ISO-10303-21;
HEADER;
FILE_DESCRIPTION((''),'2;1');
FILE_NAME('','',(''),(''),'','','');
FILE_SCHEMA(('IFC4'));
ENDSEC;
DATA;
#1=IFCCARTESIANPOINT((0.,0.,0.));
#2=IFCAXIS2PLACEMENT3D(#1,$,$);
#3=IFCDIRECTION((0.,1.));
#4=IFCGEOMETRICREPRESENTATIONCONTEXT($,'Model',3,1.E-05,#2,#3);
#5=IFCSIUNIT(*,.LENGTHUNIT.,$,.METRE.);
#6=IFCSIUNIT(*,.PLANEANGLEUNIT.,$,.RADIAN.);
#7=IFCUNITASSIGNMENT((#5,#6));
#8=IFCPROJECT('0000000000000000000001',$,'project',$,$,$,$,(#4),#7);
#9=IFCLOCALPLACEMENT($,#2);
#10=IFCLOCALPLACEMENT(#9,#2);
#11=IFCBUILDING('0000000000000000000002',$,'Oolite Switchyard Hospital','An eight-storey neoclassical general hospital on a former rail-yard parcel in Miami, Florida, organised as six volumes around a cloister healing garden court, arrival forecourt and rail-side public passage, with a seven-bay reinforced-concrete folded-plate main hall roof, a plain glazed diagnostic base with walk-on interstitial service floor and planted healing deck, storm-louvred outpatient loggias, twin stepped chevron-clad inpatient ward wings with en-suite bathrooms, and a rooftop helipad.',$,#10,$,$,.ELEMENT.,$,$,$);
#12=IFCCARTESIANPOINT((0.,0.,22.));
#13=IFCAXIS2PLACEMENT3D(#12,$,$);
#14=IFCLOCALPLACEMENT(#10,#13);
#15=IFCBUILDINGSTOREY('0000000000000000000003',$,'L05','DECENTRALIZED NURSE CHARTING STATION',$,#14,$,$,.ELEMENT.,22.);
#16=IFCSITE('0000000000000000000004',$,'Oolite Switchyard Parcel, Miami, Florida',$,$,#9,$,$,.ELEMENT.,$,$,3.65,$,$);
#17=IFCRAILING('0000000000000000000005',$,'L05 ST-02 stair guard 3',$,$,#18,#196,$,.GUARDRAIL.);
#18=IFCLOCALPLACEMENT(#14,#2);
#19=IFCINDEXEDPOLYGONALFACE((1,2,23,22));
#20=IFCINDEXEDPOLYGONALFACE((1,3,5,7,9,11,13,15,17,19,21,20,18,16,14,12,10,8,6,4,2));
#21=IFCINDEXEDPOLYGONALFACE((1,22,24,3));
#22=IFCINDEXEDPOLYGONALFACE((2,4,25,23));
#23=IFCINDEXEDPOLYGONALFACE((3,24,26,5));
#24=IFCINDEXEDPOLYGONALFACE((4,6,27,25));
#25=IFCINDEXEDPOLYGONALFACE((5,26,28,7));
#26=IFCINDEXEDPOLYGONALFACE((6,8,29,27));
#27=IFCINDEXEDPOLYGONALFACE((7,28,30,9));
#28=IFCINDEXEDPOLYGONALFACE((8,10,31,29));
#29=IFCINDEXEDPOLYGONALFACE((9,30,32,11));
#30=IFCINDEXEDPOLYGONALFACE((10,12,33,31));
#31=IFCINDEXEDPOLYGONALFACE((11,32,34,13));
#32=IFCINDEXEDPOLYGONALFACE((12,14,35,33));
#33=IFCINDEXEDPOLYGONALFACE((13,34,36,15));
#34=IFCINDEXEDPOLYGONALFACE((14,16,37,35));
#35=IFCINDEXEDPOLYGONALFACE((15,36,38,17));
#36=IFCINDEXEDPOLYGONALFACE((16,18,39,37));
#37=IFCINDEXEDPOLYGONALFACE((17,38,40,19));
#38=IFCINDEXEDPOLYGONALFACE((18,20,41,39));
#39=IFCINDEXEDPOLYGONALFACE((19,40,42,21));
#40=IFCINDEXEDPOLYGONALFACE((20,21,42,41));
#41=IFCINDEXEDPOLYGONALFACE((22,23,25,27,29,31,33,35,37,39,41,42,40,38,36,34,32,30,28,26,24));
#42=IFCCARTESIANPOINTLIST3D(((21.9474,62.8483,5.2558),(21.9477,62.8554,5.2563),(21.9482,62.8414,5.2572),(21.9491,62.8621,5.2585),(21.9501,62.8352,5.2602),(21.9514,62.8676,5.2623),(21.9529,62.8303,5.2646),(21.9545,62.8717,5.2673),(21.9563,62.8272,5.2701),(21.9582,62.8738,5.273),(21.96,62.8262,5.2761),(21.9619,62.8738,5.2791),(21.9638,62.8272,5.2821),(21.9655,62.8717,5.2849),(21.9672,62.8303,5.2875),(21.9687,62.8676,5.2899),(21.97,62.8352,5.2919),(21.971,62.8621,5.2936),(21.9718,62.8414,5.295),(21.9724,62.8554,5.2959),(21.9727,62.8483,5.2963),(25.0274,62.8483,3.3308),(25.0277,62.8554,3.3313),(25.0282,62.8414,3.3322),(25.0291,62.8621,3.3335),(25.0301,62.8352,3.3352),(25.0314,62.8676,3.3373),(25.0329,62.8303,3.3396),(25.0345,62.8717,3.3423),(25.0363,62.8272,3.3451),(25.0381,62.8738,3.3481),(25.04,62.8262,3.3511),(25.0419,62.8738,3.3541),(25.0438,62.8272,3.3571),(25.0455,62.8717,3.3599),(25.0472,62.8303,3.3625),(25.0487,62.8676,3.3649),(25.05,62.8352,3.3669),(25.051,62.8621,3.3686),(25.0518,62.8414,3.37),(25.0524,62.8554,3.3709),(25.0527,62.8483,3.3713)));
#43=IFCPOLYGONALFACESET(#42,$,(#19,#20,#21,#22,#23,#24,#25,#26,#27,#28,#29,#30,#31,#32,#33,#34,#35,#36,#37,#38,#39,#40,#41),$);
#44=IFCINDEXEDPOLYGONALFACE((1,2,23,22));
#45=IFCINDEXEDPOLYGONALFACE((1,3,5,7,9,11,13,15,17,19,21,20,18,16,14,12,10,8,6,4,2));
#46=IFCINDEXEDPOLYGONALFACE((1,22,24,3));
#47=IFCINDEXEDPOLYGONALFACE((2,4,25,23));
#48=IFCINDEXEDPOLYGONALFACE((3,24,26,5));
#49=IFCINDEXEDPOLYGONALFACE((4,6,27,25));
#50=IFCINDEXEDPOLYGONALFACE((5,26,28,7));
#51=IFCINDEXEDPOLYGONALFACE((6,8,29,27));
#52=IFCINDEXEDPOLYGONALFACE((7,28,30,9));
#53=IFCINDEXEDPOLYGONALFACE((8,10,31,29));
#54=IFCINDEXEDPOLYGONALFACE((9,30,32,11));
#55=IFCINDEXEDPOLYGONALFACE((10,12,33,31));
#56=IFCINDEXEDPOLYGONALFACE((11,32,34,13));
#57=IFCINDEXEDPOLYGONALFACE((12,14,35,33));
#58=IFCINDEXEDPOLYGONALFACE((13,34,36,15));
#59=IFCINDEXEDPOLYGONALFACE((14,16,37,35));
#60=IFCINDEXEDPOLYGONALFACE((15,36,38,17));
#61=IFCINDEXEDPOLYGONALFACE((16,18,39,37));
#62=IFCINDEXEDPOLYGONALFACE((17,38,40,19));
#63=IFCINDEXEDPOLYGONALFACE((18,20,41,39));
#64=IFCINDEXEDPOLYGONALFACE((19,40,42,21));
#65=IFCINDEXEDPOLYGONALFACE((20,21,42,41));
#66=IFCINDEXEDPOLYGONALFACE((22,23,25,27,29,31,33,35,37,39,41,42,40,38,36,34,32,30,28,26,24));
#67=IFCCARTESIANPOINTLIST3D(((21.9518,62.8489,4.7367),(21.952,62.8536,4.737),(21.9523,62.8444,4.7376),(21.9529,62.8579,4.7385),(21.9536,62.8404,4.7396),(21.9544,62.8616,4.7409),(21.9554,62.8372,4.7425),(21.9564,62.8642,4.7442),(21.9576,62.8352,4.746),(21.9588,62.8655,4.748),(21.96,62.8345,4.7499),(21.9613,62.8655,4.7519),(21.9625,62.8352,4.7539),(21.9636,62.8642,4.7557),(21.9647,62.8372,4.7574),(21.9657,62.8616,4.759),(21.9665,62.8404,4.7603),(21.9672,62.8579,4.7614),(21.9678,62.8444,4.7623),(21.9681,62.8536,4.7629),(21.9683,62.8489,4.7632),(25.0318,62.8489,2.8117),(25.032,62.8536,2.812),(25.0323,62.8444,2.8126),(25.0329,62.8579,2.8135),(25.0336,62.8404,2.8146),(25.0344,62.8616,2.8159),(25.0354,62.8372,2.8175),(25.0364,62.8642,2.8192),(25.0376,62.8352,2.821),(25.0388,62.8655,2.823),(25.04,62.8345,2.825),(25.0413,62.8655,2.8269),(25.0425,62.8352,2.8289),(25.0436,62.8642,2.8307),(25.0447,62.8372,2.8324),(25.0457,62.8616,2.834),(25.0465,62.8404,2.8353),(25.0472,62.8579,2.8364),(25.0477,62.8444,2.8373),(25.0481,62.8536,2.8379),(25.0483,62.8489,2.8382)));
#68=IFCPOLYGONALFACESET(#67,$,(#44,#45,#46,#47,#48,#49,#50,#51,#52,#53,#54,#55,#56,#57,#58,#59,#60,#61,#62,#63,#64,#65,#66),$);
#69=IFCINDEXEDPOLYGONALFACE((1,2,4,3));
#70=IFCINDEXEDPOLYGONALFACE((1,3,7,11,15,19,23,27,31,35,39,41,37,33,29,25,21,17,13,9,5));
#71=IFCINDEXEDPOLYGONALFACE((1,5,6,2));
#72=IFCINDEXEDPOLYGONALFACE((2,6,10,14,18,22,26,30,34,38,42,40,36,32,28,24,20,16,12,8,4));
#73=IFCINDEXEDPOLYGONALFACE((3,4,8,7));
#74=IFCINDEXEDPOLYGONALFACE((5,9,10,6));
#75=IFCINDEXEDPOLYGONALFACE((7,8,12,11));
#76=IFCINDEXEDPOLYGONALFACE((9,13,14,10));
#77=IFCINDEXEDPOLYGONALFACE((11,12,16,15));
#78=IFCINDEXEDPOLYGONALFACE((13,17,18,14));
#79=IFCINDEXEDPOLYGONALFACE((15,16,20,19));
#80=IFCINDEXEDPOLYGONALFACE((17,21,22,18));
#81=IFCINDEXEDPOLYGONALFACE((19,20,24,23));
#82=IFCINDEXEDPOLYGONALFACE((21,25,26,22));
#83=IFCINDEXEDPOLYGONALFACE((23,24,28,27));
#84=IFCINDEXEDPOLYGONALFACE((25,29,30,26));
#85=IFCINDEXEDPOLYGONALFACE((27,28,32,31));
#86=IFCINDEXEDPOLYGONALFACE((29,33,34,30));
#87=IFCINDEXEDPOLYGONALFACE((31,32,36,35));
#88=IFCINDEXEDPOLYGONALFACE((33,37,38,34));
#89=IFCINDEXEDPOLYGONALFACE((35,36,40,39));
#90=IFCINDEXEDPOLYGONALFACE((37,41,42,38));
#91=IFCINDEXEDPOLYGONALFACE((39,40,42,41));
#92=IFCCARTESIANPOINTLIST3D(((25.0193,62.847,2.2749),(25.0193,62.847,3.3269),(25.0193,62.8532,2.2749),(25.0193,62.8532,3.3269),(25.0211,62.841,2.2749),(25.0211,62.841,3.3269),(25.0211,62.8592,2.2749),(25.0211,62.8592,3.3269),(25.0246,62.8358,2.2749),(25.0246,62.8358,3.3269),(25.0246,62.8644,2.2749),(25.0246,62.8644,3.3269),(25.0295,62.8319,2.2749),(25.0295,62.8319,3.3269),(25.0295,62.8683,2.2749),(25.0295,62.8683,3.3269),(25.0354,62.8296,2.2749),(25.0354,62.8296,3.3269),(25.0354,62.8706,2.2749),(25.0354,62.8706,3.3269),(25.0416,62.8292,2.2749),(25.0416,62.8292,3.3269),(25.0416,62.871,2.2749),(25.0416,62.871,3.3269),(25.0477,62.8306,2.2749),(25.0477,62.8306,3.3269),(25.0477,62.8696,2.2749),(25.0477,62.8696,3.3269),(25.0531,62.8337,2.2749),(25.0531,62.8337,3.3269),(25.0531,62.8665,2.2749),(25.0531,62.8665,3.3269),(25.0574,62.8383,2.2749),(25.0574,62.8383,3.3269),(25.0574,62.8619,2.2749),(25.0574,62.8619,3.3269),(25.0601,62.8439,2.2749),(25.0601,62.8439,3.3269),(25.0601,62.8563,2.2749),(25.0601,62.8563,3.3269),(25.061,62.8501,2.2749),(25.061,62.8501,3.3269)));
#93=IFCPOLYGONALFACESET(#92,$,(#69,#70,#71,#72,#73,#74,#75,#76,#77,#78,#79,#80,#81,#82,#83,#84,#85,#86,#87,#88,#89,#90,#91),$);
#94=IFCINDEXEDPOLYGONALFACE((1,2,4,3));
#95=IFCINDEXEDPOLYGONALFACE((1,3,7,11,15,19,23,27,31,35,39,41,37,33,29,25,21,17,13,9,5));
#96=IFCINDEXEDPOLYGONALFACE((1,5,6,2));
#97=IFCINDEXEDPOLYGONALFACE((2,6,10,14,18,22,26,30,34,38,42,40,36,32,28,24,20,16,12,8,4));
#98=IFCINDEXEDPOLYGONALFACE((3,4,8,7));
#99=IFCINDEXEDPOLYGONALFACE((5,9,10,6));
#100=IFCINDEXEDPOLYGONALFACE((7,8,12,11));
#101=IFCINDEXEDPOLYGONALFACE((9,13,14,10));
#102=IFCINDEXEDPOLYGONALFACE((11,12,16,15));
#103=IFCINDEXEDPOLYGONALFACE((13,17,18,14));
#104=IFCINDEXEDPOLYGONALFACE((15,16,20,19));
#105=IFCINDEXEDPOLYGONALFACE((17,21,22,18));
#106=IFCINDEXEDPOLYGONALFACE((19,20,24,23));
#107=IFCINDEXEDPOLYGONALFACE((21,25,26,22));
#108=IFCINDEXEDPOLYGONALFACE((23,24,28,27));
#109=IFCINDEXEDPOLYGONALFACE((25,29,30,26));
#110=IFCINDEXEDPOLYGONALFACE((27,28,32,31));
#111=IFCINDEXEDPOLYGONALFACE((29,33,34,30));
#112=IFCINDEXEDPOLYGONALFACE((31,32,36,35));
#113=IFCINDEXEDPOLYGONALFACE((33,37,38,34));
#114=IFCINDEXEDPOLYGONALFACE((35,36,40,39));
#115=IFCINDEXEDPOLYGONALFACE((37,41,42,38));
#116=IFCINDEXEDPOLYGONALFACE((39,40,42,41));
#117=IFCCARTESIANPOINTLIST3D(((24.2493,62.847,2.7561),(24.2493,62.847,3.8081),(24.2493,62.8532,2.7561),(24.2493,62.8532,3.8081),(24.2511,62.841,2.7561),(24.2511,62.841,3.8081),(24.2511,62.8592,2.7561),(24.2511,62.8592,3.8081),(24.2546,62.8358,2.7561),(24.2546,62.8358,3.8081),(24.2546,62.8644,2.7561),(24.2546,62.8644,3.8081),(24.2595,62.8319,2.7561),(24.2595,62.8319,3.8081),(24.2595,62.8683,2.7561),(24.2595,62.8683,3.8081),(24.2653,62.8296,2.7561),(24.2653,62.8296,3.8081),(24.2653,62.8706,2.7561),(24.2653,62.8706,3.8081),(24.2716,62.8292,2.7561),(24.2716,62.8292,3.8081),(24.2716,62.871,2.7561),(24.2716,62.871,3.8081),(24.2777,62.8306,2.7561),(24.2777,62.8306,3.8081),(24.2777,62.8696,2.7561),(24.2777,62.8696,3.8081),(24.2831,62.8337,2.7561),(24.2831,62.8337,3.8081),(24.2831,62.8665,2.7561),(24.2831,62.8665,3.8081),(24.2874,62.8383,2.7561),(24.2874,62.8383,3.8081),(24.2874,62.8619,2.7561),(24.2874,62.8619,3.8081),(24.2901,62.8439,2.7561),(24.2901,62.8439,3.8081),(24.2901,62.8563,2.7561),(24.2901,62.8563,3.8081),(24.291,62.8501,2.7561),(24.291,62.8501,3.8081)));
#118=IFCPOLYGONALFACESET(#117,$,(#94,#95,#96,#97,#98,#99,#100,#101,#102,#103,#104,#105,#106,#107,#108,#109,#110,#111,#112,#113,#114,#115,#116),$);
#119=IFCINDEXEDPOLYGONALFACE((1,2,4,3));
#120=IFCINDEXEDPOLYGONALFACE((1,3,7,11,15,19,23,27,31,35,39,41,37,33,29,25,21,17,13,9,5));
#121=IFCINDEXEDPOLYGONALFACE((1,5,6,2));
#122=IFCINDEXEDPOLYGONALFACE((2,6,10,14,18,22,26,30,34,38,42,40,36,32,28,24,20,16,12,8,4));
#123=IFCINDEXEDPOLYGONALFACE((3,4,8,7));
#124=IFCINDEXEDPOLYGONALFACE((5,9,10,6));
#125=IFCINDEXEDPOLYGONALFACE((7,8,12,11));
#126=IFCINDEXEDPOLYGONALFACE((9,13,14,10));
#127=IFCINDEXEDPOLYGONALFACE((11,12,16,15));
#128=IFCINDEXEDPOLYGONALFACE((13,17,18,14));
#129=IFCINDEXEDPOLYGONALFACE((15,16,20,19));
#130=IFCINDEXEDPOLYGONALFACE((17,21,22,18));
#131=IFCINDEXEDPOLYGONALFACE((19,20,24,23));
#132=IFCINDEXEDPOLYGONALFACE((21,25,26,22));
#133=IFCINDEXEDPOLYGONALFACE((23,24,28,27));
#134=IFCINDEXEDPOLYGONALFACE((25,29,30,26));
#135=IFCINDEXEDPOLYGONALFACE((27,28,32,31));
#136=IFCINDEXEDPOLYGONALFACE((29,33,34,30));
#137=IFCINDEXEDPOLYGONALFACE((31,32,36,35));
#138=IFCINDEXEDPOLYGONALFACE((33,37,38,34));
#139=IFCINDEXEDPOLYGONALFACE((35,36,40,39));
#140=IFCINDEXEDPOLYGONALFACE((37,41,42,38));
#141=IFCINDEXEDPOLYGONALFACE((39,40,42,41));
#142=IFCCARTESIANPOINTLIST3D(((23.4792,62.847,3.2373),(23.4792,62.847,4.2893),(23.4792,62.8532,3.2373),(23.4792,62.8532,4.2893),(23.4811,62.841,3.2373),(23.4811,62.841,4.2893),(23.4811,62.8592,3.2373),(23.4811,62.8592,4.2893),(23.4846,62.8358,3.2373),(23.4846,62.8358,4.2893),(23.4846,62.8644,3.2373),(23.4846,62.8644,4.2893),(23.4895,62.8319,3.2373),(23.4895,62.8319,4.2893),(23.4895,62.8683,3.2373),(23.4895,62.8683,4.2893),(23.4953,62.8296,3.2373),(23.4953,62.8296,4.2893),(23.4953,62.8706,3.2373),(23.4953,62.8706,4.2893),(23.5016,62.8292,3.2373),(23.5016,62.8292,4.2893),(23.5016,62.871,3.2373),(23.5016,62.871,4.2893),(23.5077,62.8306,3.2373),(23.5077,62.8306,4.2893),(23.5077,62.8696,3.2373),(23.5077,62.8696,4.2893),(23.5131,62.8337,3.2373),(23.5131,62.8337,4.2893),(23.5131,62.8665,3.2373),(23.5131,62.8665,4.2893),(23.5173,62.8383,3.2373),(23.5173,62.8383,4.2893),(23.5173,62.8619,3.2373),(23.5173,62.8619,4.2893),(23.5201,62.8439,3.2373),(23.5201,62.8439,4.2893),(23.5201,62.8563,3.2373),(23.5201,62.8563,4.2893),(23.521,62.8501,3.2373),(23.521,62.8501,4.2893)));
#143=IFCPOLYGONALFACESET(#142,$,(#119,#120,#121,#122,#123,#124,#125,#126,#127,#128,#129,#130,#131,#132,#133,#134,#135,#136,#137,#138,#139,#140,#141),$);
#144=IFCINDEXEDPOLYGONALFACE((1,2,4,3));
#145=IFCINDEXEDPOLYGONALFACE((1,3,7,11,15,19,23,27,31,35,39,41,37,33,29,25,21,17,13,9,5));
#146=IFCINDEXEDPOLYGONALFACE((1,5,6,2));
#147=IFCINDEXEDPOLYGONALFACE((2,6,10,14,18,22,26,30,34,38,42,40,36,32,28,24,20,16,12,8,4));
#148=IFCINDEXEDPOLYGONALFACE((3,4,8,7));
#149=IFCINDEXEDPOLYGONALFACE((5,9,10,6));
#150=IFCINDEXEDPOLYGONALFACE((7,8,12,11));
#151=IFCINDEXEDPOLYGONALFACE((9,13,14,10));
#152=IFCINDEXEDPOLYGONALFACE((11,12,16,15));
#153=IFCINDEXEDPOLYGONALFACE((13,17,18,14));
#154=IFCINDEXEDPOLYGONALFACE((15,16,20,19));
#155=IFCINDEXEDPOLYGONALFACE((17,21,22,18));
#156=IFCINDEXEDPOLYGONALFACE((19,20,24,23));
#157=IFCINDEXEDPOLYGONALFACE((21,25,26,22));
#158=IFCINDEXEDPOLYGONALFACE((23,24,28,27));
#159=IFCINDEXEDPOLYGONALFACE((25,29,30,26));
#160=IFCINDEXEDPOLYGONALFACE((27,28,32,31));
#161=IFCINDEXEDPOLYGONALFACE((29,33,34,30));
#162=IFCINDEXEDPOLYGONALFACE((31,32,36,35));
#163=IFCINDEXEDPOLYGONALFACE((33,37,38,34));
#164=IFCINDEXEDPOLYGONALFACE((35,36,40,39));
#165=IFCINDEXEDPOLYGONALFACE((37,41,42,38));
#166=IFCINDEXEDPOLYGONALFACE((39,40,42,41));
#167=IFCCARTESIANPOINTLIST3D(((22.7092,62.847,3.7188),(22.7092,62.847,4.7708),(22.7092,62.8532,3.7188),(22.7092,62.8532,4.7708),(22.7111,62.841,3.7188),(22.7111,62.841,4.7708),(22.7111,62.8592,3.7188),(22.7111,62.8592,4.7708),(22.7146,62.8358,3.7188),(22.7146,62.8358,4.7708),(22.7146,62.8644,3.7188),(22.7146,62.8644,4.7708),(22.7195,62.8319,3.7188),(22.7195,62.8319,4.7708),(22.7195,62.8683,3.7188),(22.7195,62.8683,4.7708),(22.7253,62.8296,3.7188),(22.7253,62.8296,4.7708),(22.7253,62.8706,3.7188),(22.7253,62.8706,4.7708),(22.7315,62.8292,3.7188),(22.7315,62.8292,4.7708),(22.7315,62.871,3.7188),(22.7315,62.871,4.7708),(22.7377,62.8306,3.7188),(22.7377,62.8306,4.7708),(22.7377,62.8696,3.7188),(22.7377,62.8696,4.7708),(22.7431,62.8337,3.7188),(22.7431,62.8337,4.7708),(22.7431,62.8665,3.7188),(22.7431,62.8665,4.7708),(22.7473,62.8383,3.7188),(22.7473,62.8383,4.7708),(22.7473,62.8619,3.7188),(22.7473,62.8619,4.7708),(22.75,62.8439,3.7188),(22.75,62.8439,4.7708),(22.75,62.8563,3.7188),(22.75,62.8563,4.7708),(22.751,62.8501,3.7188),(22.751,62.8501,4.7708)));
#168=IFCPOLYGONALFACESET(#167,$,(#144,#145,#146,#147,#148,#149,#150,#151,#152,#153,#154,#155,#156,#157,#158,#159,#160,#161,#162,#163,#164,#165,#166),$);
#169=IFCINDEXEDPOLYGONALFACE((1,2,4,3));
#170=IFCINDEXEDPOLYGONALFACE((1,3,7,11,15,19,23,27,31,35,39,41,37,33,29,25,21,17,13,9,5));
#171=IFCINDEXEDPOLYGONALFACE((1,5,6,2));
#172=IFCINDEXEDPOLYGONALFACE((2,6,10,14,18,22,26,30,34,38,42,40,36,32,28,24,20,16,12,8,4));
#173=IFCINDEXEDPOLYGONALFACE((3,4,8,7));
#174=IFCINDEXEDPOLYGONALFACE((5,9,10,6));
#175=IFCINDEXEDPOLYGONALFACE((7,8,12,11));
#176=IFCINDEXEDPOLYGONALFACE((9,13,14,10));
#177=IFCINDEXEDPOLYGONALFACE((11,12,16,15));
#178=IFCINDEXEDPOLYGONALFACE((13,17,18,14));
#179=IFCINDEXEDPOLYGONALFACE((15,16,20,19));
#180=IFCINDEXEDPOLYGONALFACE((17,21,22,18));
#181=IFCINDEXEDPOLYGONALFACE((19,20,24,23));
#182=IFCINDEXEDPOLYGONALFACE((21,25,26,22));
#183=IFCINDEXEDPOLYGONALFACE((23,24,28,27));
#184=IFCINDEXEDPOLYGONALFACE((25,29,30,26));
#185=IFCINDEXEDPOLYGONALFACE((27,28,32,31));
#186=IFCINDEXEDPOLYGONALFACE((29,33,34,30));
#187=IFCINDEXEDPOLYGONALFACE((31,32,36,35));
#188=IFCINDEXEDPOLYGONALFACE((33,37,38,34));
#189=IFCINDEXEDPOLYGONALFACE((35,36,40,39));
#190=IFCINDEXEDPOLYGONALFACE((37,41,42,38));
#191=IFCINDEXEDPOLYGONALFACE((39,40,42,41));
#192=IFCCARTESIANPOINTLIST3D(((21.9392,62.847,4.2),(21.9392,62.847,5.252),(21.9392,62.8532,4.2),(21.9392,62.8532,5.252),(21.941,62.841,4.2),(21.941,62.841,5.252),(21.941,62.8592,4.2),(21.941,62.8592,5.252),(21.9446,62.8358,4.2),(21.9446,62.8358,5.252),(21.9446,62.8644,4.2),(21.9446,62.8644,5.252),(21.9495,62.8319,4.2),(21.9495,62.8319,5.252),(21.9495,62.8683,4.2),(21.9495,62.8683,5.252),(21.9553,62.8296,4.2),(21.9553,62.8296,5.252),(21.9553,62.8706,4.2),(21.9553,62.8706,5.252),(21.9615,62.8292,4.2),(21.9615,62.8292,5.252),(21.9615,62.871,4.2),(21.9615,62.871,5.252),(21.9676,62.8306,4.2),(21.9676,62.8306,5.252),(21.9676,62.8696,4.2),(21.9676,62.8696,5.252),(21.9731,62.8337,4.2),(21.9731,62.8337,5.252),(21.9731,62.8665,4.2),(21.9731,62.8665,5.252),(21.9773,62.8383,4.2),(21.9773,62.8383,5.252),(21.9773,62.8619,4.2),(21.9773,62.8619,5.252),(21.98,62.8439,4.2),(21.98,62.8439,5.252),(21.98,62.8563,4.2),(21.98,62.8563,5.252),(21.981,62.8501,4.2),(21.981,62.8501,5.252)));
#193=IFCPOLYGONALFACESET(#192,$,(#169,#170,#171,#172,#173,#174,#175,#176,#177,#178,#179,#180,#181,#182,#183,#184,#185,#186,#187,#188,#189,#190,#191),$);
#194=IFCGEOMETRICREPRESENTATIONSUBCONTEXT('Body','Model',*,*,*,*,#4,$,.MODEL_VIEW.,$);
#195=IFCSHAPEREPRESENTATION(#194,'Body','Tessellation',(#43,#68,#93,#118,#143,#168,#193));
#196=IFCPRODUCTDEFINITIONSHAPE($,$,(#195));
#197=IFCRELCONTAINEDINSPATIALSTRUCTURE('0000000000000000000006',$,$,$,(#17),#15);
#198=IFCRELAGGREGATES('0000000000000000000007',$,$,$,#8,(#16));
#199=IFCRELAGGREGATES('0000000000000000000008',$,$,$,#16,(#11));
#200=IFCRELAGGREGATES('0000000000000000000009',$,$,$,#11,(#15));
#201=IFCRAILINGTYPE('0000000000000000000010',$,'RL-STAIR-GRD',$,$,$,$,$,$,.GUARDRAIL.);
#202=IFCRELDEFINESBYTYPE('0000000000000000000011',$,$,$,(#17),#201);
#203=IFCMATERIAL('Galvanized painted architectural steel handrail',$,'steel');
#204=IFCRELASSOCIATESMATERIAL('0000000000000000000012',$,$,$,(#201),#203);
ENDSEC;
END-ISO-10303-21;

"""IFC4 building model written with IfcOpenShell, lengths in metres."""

from ifc_helpers import new_model, si_unit, direction, frame, origin, origin_2d, place, context, subcontext, project, spatial, circle, extrude, material, type_object, element, save


model = new_model("IFC4")

# Units and contexts
model_context = context("Model", 3, precision=1e-05, world=origin(), true_north=direction((0.0, 1.0)))
body_context = subcontext(model_context, "Body", "Model", "MODEL_VIEW")
ifc_project = project(units=[si_unit("LENGTHUNIT", "METRE"), si_unit("PLANEANGLEUNIT", "RADIAN")], contexts=[model_context])

# Site, building, storey
site_placement = place(None, origin())
site = spatial("IfcSite", under=ifc_project, at=site_placement, Name="Oolite Switchyard Parcel, Miami, Florida", CompositionType="ELEMENT", RefElevation=3.65)
building_placement = place(site_placement, origin())
building = spatial("IfcBuilding", under=site, at=building_placement, Name="Oolite Switchyard Hospital", Description="An eight-storey neoclassical general hospital on a former rail-yard parcel in Miami, Florida, organised as six volumes around a cloister healing garden court, arrival forecourt and rail-side public passage, with a seven-bay reinforced-concrete folded-plate main hall roof, a plain glazed diagnostic base with walk-on interstitial service floor and planted healing deck, storm-louvred outpatient loggias, twin stepped chevron-clad inpatient ward wings with en-suite bathrooms, and a rooftop helipad.", CompositionType="ELEMENT")
storey_placement = place(building_placement, frame((0.0, 0.0, 22.0)))
storey = spatial("IfcBuildingStorey", under=building, at=storey_placement, Name="L05", Description="DECENTRALIZED NURSE CHARTING STATION", CompositionType="ELEMENT", Elevation=22.0)

# Railing
ifc_material_1 = material(Name="Galvanized painted architectural steel handrail", Category="steel")
railing_type_1 = type_object("IfcRailingType", Name="RL-STAIR-GRD", PredefinedType="GUARDRAIL", material=ifc_material_1)
railing_1_placement = place(storey_placement, frame((25.04, 62.8501, 2.2749)))
element("IfcRailing", 1, at=railing_1_placement, inside=storey, type_object=railing_type_1, Name="L05 ST-02 stair guard 3", PredefinedType="GUARDRAIL", context=body_context, shape_type="SweptSolid", body=[
    extrude(circle(Radius=0.0239, at=origin_2d()), frame((0.0, 0.0, 1.0762), z_axis=(-0.847998, 0.0, 0.529999), x_axis=(0.0, -1.0, 0.0)), (0.0, 0.0, 1.0), 3.6321),
    extrude(circle(Radius=0.0156, at=origin_2d()), frame((0.0, 0.0, 0.55), z_axis=(-0.847998, 0.0, 0.529999), x_axis=(0.0, -1.0, 0.0)), (0.0, 0.0, 1.0), 3.6321),
    extrude(circle(Radius=0.021, at=origin_2d()), origin(), (0.0, 0.0, 1.0), 1.052),
    extrude(circle(Radius=0.021, at=origin_2d()), frame((-0.77, 0.0, 0.4812)), (0.0, 0.0, 1.0), 1.052),
    extrude(circle(Radius=0.021, at=origin_2d()), frame((-1.54, 0.0, 0.9624)), (0.0, 0.0, 1.0), 1.052),
    extrude(circle(Radius=0.021, at=origin_2d()), frame((-2.3101, 0.0, 1.4438)), (0.0, 0.0, 1.0), 1.052),
    extrude(circle(Radius=0.021, at=origin_2d()), frame((-3.0801, 0.0, 1.925)), (0.0, 0.0, 1.0), 1.052),
])

save(model, "model.ifc")
